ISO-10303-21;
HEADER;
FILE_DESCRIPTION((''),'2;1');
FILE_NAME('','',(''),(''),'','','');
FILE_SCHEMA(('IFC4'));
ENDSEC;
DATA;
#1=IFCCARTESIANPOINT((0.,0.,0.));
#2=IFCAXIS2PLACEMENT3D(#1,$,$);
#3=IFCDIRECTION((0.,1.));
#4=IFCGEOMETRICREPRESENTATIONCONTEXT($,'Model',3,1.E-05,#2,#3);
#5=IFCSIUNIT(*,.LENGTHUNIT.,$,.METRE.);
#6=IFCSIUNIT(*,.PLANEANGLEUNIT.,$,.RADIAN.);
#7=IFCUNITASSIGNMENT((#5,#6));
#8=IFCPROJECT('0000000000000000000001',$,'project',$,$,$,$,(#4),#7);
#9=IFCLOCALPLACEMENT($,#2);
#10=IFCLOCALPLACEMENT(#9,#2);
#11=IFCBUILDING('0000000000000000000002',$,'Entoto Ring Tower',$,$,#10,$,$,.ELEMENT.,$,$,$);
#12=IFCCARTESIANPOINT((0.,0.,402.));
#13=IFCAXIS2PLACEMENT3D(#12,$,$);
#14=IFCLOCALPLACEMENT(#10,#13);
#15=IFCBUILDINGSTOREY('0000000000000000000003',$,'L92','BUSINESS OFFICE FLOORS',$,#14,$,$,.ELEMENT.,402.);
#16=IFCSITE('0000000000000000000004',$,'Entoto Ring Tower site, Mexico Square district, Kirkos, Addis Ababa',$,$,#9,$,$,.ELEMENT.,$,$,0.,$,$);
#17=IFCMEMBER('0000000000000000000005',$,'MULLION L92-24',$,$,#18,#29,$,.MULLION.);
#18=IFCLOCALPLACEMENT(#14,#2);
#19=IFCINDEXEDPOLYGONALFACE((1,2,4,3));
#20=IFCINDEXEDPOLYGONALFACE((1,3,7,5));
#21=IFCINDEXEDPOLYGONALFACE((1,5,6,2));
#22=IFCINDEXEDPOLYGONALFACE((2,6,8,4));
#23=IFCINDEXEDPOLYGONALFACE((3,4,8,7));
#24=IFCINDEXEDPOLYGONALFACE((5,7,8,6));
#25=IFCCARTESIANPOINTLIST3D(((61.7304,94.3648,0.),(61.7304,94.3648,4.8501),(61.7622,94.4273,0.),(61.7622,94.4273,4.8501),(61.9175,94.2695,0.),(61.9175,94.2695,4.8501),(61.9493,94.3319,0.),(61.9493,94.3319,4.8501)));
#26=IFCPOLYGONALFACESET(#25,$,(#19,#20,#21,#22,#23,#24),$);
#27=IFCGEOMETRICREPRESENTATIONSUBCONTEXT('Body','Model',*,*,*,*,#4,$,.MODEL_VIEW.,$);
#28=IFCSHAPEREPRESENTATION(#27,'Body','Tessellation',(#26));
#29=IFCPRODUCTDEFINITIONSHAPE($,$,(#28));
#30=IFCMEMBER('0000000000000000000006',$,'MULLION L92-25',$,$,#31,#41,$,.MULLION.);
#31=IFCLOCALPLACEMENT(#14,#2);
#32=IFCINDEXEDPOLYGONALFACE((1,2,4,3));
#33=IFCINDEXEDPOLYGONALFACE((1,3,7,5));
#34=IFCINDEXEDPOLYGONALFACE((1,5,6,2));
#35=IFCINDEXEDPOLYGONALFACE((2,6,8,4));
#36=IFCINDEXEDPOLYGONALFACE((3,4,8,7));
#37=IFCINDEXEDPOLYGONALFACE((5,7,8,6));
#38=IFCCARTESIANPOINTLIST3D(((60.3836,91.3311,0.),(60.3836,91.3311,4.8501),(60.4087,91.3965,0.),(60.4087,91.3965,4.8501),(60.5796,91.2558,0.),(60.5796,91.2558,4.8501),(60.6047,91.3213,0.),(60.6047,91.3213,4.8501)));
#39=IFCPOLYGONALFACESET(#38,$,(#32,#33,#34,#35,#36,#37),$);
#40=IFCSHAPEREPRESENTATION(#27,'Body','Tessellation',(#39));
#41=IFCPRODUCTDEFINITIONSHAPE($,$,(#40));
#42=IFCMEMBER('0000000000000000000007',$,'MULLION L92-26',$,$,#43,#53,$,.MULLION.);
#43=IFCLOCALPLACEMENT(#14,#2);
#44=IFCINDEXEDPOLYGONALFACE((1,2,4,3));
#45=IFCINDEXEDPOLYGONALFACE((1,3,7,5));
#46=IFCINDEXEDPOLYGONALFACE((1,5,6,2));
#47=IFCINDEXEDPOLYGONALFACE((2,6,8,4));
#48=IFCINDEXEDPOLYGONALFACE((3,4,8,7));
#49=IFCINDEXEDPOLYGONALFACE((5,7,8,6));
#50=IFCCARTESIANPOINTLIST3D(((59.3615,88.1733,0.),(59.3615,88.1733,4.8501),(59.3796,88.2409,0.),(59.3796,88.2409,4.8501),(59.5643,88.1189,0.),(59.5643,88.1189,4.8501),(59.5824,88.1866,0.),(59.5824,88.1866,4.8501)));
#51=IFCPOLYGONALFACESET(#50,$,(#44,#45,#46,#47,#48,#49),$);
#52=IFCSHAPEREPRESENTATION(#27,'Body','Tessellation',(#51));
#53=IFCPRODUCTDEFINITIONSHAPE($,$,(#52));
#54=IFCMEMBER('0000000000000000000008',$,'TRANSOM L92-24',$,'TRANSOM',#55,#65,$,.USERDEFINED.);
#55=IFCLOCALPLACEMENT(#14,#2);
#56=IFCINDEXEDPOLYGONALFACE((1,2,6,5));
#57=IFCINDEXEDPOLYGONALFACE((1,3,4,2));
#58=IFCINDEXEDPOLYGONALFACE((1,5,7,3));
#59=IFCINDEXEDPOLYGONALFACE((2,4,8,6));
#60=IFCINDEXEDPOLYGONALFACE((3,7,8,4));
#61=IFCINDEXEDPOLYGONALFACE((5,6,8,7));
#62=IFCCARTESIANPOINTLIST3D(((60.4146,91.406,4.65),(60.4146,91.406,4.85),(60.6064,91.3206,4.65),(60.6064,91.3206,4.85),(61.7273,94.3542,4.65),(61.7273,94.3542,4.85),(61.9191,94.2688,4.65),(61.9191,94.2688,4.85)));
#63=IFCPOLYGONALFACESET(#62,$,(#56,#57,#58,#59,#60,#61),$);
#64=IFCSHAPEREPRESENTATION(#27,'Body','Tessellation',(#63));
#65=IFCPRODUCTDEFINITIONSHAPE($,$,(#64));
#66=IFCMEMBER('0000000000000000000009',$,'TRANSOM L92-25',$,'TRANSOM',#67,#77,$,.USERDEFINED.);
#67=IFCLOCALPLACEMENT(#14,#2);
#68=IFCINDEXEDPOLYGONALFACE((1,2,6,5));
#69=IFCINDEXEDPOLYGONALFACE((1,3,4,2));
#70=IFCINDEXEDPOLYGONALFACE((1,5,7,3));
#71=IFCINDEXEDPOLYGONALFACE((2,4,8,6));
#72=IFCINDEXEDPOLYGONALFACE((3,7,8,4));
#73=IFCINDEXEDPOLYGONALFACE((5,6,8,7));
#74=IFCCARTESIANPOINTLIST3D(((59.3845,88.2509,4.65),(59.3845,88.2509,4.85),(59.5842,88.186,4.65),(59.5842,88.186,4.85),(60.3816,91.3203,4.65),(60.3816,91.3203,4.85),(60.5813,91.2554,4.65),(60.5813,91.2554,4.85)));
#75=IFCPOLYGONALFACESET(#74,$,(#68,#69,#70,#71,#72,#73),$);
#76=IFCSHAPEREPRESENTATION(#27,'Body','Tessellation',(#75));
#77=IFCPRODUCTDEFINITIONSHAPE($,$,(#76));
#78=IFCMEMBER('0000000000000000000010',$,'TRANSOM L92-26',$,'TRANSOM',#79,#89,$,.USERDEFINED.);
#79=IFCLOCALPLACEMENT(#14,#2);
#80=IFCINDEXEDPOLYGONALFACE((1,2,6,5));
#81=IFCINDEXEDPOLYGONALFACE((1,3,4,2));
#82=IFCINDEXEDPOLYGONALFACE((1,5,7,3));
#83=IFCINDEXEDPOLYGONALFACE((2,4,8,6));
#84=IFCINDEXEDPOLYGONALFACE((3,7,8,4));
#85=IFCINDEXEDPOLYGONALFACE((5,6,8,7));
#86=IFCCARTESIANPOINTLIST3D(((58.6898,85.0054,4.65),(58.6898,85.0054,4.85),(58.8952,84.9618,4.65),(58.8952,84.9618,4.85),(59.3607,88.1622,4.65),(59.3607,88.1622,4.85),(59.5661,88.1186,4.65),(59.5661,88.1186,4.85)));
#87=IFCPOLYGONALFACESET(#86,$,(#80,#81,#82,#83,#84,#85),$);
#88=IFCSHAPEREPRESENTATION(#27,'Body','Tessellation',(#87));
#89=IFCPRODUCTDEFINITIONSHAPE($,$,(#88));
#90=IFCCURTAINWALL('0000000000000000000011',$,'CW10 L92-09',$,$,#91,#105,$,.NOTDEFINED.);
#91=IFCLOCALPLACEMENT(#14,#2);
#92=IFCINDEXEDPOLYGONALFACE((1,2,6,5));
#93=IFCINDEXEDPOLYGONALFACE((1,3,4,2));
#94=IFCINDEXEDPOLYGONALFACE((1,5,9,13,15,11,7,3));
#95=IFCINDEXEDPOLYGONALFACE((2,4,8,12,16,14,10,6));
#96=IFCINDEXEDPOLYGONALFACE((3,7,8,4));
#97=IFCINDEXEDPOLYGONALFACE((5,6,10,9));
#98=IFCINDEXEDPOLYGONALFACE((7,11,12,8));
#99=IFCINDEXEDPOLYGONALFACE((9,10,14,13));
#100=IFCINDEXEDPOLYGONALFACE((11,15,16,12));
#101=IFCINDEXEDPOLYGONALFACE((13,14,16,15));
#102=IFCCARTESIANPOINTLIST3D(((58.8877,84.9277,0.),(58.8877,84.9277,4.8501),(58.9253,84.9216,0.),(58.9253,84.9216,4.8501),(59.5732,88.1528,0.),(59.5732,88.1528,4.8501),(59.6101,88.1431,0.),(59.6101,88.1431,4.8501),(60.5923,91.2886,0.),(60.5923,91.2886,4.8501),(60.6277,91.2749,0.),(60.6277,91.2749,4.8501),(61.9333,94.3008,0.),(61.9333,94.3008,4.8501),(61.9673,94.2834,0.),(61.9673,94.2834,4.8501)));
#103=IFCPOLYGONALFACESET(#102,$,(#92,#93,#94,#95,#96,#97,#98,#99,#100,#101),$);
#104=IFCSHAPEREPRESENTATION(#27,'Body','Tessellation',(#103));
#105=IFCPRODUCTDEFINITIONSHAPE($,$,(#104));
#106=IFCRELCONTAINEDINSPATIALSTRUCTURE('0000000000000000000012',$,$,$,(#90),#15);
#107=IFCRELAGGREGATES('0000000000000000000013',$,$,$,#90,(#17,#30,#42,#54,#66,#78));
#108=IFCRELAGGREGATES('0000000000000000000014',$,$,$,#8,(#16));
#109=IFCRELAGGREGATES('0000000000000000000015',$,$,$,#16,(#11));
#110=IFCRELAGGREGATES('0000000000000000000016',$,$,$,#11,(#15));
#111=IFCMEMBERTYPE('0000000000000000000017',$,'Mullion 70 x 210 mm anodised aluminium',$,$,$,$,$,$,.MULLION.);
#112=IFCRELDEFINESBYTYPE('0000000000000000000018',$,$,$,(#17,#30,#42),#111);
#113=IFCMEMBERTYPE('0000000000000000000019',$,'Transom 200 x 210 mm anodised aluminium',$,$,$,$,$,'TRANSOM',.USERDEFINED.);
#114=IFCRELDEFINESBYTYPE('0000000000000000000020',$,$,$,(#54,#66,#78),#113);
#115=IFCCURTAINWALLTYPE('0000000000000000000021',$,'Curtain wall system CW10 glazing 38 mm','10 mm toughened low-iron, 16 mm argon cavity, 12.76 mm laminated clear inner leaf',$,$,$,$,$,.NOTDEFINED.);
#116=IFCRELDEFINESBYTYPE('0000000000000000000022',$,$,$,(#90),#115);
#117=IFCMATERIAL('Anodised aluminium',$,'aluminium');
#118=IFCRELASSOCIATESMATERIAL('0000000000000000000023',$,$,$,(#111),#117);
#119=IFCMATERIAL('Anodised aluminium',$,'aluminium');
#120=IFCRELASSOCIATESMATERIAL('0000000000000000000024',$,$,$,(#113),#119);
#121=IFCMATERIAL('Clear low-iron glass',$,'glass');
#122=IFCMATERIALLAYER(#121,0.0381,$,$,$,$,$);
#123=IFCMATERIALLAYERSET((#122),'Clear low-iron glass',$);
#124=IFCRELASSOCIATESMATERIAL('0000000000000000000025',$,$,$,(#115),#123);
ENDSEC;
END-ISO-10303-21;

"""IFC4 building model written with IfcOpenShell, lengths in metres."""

from ifc_helpers import new_model, si_unit, direction, frame, origin, origin_2d, place, context, subcontext, project, spatial, polyline, rectangle, outline, extrude, material, layer, layer_set, material_profile, profile_set, type_object, element, aggregate, save


model = new_model("IFC4")

# Units and contexts
model_context = context("Model", 3, precision=1e-05, world=origin(), true_north=direction((0.0, 1.0)))
body_context = subcontext(model_context, "Body", "Model", "MODEL_VIEW")
ifc_project = project(units=[si_unit("LENGTHUNIT", "METRE"), si_unit("PLANEANGLEUNIT", "RADIAN")], contexts=[model_context])

# Members
ifc_material_1 = material(Name="Anodised aluminium", Category="aluminium")
ifc_material_profile_1 = material_profile(ifc_material_1, rectangle(XDim=0.0701, YDim=0.21, at=origin_2d()), Name="Mullion 70 x 210 mm anodised aluminium")
ifc_profile_set_1 = profile_set([ifc_material_profile_1], Name="Anodised aluminium")
member_type_1 = type_object("IfcMemberType", Name="Mullion 70 x 210 mm anodised aluminium", PredefinedType="MULLION", material=ifc_profile_set_1)
site_placement = place(None, origin())
building_placement = place(site_placement, origin())
storey_placement = place(building_placement, frame((0.0, 0.0, 402.0)))
member_1_placement = place(storey_placement, frame((61.8398, 94.3484, 0.0), z_axis=(0.0, 0.0, 1.0), x_axis=(-0.45399, -0.891007, 0.0)))
member_1 = element("IfcMember", 1, at=member_1_placement, type_object=member_type_1, Name="MULLION L92-24", PredefinedType="MULLION", context=body_context, shape_type="SweptSolid", body=[
    extrude(rectangle(XDim=0.0701, YDim=0.21, at=origin_2d()), origin(), (0.0, 0.0, 1.0), 4.8501),
])
member_2_placement = place(storey_placement, frame((60.4941, 91.3262, 0.0), z_axis=(0.0, 0.0, 1.0), x_axis=(-0.358368, -0.93358, 0.0)))
member_2 = element("IfcMember", 2, at=member_2_placement, type_object=member_type_1, Name="MULLION L92-25", PredefinedType="MULLION", context=body_context, shape_type="SweptSolid", body=[
    extrude(rectangle(XDim=0.0701, YDim=0.21, at=origin_2d()), origin(), (0.0, 0.0, 1.0), 4.8501),
])
member_3_placement = place(storey_placement, frame((59.4719, 88.1799, 0.0), z_axis=(0.0, 0.0, 1.0), x_axis=(-0.258819, -0.965926, 0.0)))
member_3 = element("IfcMember", 3, at=member_3_placement, type_object=member_type_1, Name="MULLION L92-26", PredefinedType="MULLION", context=body_context, shape_type="SweptSolid", body=[
    extrude(rectangle(XDim=0.0701, YDim=0.21, at=origin_2d()), origin(), (0.0, 0.0, 1.0), 4.8501),
])
ifc_material_2 = material(Name="Anodised aluminium", Category="aluminium")
ifc_material_profile_2 = material_profile(ifc_material_2, rectangle(XDim=0.21, YDim=0.2, at=origin_2d()), Name="Transom 200 x 210 mm anodised aluminium")
ifc_profile_set_2 = profile_set([ifc_material_profile_2], Name="Anodised aluminium")
member_type_2 = type_object("IfcMemberType", Name="Transom 200 x 210 mm anodised aluminium", ElementType="TRANSOM", PredefinedType="USERDEFINED", material=ifc_profile_set_2)
member_4_placement = place(storey_placement, frame((61.8232, 94.3115, 4.75), z_axis=(-0.406763, -0.913534, 0.0), x_axis=(0.913534, -0.406763, 0.0)))
member_4 = element("IfcMember", 4, at=member_4_placement, type_object=member_type_2, Name="TRANSOM L92-24", ObjectType="TRANSOM", PredefinedType="USERDEFINED", context=body_context, shape_type="SweptSolid", body=[
    extrude(rectangle(XDim=0.21, YDim=0.2, at=origin_2d()), origin(), (0.0, 0.0, 1.0), 3.2273),
])
member_5_placement = place(storey_placement, frame((60.4814, 91.2878, 4.75), z_axis=(-0.308956, -0.951076, 0.0), x_axis=(0.951076, -0.308956, 0.0)))
member_5 = element("IfcMember", 5, at=member_5_placement, type_object=member_type_2, Name="TRANSOM L92-25", ObjectType="TRANSOM", PredefinedType="USERDEFINED", context=body_context, shape_type="SweptSolid", body=[
    extrude(rectangle(XDim=0.21, YDim=0.2, at=origin_2d()), origin(), (0.0, 0.0, 1.0), 3.2273),
])
member_6_placement = place(storey_placement, frame((59.4634, 88.1404, 4.75), z_axis=(-0.207886, -0.978153, 0.0), x_axis=(0.978153, -0.207886, 0.0)))
member_6 = element("IfcMember", 6, at=member_6_placement, type_object=member_type_2, Name="TRANSOM L92-26", ObjectType="TRANSOM", PredefinedType="USERDEFINED", context=body_context, shape_type="SweptSolid", body=[
    extrude(rectangle(XDim=0.21, YDim=0.2, at=origin_2d()), origin(), (0.0, 0.0, 1.0), 3.2273),
])

# Site, building, storey
site = spatial("IfcSite", under=ifc_project, at=site_placement, Name="Entoto Ring Tower site, Mexico Square district, Kirkos, Addis Ababa", CompositionType="ELEMENT", RefElevation=0.0)
building = spatial("IfcBuilding", under=site, at=building_placement, Name="Entoto Ring Tower", CompositionType="ELEMENT")
storey = spatial("IfcBuildingStorey", under=building, at=storey_placement, Name="L92", Description="BUSINESS OFFICE FLOORS", CompositionType="ELEMENT", Elevation=402.0)

# Curtain wall
ifc_material_3 = material(Name="Clear low-iron glass", Category="glass")
ifc_layer = layer(ifc_material_3, 0.0381)
ifc_layer_set = layer_set([ifc_layer], Name="Clear low-iron glass")
curtain_wall_type = type_object("IfcCurtainWallType", Name="Curtain wall system CW10 glazing 38 mm", Description="10 mm toughened low-iron, 16 mm argon cavity, 12.76 mm laminated clear inner leaf", PredefinedType="NOTDEFINED", material=ifc_layer_set)
curtain_wall_1_placement = place(storey_placement, origin())
curtain_wall_1 = element("IfcCurtainWall", 7, at=curtain_wall_1_placement, inside=storey, type_object=curtain_wall_type, Name="CW10 L92-09", PredefinedType="NOTDEFINED", context=body_context, shape_type="SweptSolid", body=[
    extrude(outline(polyline([(61.9333, 94.3008), (60.5923, 91.2886), (59.5732, 88.1528), (58.8877, 84.9277), (58.9253, 84.9216), (59.6101, 88.1431), (60.6277, 91.2749), (61.9673, 94.2834), (61.9333, 94.3008)])), origin(), (0.0, 0.0, 1.0), 4.8501),
])
aggregate(curtain_wall_1, [member_1, member_2, member_3, member_4, member_5, member_6])

save(model, "model.ifc")
